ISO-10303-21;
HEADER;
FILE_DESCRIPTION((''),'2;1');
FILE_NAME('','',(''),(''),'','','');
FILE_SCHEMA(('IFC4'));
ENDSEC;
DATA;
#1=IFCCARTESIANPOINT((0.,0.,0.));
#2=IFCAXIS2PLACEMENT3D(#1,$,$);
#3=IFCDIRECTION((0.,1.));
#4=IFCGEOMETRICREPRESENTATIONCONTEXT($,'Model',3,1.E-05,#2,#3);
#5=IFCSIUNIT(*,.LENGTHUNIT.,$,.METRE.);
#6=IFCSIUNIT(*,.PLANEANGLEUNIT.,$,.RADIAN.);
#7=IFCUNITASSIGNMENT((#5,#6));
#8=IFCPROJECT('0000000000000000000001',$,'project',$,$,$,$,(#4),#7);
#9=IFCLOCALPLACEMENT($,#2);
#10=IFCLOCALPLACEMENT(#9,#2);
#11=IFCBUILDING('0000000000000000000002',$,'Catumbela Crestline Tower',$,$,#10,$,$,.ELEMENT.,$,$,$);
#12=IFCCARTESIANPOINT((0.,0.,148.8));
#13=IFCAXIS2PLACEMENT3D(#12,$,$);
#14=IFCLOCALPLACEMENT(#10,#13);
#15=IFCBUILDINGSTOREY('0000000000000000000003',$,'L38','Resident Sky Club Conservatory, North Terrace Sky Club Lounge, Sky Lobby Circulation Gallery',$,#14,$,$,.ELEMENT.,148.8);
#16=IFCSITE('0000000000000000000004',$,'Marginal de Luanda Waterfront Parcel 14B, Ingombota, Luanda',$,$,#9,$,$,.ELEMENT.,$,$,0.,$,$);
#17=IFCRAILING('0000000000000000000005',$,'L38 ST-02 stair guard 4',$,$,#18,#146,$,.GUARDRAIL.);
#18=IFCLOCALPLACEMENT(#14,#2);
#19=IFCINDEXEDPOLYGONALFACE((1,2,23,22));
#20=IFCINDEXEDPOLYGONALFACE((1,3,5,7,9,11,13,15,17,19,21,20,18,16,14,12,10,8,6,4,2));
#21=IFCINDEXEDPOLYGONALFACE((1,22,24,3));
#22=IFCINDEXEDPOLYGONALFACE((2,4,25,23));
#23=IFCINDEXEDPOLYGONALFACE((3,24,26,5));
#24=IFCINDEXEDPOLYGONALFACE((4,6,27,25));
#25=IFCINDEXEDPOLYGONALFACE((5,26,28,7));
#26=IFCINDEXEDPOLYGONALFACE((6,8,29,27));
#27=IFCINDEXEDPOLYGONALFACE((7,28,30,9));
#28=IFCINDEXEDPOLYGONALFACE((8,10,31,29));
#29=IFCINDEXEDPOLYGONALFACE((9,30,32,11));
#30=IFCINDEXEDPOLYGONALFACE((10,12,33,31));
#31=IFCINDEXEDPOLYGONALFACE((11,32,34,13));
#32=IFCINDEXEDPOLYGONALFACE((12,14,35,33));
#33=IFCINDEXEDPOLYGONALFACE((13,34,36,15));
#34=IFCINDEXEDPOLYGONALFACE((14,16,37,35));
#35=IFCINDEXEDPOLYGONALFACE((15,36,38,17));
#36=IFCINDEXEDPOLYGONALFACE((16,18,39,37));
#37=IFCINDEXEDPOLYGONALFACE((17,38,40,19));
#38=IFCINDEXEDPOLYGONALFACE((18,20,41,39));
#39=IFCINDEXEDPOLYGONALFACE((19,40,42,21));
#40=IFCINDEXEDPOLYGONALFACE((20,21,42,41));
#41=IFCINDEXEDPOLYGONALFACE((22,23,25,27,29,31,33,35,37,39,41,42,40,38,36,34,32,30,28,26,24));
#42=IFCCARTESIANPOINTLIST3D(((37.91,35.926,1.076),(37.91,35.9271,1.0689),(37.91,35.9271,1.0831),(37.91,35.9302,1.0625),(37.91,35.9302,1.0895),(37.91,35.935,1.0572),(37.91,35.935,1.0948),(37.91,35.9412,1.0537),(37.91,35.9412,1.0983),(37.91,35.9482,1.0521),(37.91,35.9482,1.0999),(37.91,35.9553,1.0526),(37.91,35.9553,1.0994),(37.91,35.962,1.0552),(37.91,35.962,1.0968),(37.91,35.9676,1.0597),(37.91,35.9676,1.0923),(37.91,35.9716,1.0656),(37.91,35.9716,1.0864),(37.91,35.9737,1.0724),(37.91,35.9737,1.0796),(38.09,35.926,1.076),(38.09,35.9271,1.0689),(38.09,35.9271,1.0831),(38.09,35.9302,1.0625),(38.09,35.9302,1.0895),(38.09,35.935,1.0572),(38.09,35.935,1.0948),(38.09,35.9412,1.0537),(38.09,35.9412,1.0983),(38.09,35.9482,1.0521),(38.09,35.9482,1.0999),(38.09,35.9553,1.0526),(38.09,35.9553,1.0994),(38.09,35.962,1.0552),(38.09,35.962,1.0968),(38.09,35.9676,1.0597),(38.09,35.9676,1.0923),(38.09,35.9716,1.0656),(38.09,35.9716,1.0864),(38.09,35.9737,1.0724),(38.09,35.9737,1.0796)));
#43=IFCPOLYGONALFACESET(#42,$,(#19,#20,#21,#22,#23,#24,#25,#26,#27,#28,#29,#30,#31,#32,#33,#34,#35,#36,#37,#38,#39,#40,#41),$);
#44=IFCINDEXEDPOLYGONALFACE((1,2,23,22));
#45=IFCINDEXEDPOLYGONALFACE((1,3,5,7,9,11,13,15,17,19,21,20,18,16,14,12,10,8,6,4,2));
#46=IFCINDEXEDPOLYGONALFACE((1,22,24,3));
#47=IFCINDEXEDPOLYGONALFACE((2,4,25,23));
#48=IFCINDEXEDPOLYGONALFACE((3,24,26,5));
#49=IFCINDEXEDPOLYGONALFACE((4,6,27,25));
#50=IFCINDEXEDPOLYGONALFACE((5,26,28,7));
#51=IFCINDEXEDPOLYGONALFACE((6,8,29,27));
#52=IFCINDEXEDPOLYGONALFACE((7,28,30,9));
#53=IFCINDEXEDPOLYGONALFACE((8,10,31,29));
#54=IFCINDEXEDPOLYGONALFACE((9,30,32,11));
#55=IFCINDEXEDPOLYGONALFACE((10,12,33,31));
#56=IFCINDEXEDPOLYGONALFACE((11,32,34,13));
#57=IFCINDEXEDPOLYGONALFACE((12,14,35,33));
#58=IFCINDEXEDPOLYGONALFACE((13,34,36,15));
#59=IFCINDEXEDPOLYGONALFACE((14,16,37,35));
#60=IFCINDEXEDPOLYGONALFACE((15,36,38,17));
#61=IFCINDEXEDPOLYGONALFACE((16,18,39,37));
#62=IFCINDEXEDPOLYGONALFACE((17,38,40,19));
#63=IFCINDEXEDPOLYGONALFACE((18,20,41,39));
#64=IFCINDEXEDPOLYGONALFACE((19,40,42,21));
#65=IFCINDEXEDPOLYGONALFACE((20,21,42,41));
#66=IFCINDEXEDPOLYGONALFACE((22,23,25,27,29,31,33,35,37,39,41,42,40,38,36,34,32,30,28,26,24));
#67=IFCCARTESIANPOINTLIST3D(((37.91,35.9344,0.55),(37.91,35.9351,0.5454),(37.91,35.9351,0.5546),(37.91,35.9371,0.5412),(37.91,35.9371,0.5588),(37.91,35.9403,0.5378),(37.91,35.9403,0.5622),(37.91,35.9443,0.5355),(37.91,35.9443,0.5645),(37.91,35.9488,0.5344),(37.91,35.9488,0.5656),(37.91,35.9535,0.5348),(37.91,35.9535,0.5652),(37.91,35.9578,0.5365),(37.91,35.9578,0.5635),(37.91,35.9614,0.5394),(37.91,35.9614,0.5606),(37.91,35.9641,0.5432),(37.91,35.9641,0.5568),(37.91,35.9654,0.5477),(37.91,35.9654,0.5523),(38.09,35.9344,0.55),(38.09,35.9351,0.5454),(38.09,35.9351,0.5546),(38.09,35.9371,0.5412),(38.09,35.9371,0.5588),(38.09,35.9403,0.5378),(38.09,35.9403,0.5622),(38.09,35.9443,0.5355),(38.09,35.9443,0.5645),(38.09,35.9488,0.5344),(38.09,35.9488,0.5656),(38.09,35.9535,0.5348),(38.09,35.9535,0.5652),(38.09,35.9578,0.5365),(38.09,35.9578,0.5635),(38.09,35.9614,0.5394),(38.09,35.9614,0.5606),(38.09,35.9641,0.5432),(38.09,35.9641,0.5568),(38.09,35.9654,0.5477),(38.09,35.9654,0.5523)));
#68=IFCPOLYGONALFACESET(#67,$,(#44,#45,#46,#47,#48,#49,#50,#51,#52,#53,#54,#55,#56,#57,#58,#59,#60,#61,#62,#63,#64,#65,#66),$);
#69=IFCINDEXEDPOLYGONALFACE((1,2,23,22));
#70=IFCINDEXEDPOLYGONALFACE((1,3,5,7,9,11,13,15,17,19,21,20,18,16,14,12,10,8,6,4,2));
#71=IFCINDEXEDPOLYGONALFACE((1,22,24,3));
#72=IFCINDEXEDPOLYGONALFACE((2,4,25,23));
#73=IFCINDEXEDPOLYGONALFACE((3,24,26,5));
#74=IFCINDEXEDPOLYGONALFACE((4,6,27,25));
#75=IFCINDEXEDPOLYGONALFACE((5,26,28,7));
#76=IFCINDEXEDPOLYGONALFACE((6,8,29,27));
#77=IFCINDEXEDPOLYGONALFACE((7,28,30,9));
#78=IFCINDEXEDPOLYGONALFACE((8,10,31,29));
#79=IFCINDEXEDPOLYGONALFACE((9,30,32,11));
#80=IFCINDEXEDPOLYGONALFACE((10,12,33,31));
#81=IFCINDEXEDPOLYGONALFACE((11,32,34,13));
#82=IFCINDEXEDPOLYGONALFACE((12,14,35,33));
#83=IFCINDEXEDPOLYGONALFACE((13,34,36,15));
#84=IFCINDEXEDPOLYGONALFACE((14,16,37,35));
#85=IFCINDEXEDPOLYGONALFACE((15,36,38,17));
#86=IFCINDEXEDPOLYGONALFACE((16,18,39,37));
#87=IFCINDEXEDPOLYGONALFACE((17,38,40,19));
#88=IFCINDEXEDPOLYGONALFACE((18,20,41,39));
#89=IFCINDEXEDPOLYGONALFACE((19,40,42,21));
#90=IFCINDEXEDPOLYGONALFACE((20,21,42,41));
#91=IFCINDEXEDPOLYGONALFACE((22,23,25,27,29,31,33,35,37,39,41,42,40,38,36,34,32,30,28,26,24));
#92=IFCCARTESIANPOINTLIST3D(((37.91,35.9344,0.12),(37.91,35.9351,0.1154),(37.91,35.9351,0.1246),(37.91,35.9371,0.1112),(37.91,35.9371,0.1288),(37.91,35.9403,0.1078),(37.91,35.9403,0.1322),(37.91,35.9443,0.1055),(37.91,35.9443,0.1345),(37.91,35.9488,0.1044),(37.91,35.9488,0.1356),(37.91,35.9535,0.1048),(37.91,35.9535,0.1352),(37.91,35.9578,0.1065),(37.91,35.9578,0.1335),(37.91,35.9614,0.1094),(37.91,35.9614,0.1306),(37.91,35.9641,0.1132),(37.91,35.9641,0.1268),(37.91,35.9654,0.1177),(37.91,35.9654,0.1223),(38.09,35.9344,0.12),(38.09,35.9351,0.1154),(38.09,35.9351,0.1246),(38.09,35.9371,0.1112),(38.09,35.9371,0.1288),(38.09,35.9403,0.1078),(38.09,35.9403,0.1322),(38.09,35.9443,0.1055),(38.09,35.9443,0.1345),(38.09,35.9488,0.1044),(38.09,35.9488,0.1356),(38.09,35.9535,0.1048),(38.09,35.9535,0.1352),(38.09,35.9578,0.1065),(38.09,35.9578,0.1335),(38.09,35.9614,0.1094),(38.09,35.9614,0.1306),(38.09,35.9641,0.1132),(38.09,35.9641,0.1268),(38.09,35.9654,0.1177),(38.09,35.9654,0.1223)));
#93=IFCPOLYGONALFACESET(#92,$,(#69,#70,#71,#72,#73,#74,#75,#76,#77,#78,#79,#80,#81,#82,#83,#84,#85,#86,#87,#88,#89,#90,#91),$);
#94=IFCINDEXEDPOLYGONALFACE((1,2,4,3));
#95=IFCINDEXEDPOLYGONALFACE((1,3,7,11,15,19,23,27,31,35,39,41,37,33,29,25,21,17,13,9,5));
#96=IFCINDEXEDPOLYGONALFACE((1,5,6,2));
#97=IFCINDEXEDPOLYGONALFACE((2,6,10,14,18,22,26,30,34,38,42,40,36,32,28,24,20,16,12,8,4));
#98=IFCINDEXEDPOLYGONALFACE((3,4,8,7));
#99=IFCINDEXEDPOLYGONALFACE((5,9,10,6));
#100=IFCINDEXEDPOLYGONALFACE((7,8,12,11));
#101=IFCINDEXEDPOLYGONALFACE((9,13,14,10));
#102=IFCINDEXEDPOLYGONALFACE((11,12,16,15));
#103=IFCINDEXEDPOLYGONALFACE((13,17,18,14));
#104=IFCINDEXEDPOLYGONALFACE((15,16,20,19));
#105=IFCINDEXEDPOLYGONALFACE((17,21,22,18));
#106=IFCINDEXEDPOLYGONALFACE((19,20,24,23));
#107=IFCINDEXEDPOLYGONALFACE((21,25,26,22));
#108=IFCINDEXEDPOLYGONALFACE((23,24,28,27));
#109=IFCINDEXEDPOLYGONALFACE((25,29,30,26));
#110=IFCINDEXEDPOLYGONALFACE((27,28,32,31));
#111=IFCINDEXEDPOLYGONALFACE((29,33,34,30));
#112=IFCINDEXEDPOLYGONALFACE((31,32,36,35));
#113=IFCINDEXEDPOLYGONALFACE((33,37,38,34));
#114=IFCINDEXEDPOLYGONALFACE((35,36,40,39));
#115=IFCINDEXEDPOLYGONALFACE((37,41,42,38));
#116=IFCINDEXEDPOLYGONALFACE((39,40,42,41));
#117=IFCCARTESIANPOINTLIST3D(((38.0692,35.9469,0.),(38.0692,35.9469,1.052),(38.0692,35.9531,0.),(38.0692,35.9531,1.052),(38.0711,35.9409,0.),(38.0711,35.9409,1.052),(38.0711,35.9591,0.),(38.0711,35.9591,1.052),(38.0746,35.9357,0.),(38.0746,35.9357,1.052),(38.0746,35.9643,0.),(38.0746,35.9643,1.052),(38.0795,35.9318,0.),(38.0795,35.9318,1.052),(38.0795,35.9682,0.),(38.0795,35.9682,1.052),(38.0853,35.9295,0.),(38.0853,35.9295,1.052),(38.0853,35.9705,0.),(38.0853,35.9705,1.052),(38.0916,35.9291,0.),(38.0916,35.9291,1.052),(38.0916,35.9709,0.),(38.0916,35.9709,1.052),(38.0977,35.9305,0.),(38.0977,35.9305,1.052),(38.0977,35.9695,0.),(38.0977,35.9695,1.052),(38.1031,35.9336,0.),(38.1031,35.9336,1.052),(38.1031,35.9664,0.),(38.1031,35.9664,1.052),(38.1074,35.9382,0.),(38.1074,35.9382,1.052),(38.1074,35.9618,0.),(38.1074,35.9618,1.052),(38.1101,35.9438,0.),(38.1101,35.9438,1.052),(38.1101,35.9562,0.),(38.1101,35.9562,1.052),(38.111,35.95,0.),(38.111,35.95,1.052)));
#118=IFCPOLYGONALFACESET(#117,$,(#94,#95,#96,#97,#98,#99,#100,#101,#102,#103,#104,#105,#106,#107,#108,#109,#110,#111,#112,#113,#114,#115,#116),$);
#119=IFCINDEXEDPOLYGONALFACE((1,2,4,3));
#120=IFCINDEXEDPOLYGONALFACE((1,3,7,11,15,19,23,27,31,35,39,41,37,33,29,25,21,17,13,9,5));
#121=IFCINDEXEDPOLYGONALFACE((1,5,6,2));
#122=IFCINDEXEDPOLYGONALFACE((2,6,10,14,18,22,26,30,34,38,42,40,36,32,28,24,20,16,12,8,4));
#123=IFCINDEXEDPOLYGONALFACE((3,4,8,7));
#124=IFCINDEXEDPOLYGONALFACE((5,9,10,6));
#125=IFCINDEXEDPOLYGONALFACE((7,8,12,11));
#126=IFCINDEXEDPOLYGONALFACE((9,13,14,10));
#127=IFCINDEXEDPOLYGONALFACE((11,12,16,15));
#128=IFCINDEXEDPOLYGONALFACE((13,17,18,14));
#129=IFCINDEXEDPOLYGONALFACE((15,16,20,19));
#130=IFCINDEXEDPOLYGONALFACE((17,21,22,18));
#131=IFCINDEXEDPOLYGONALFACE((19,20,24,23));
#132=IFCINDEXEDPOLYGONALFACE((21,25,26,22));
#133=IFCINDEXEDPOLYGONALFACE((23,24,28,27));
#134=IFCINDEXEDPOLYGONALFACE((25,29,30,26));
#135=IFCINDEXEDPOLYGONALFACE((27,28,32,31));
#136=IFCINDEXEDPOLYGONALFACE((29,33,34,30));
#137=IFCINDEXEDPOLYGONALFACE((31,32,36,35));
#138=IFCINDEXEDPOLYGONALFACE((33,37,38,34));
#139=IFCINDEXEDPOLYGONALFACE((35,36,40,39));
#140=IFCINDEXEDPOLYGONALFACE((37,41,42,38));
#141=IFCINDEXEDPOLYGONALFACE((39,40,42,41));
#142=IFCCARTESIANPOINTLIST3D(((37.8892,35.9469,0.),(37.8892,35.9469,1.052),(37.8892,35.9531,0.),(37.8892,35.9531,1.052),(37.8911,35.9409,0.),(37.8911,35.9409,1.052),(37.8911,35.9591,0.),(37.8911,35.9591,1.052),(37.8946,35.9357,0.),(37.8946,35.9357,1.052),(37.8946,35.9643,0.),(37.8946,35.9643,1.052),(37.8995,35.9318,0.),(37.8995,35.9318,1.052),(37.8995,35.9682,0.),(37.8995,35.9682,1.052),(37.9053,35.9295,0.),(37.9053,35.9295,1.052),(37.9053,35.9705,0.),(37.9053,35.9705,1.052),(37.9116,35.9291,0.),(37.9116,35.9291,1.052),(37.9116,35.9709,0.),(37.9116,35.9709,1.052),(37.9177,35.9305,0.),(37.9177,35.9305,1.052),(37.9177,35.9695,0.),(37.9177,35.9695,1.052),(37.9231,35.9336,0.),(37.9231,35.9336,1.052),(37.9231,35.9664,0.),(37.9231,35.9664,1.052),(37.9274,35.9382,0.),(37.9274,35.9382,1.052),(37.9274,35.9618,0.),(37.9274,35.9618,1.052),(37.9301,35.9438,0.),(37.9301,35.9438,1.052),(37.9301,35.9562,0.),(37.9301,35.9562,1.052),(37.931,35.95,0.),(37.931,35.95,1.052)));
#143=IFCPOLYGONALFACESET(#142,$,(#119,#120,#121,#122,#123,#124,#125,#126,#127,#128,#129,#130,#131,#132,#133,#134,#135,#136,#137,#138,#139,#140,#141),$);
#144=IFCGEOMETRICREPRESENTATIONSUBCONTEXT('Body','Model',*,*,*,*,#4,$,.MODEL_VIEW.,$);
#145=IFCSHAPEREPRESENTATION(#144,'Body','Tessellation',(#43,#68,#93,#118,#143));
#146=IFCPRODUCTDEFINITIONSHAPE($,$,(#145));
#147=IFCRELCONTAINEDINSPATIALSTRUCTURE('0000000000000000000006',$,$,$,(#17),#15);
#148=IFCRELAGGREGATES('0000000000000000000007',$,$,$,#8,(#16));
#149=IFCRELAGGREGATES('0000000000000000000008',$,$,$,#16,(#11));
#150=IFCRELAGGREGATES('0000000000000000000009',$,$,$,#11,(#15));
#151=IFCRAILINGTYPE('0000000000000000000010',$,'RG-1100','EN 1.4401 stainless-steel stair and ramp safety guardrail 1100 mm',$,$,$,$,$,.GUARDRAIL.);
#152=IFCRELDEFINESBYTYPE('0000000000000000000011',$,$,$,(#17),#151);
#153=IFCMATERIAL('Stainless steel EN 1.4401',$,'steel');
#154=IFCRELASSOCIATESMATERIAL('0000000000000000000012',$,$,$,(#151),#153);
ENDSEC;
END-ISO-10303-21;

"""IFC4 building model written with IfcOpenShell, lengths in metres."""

from ifc_helpers import new_model, si_unit, direction, frame, origin, origin_2d, place, context, subcontext, project, spatial, circle, extrude, material, type_object, element, save


model = new_model("IFC4")

# Units and contexts
model_context = context("Model", 3, precision=1e-05, world=origin(), true_north=direction((0.0, 1.0)))
body_context = subcontext(model_context, "Body", "Model", "MODEL_VIEW")
ifc_project = project(units=[si_unit("LENGTHUNIT", "METRE"), si_unit("PLANEANGLEUNIT", "RADIAN")], contexts=[model_context])

# Site, building, storey
site_placement = place(None, origin())
site = spatial("IfcSite", under=ifc_project, at=site_placement, Name="Marginal de Luanda Waterfront Parcel 14B, Ingombota, Luanda", CompositionType="ELEMENT", RefElevation=0.0)
building_placement = place(site_placement, origin())
building = spatial("IfcBuilding", under=site, at=building_placement, Name="Catumbela Crestline Tower", CompositionType="ELEMENT")
storey_placement = place(building_placement, frame((0.0, 0.0, 148.8)))
storey = spatial("IfcBuildingStorey", under=building, at=storey_placement, Name="L38", Description="Resident Sky Club Conservatory, North Terrace Sky Club Lounge, Sky Lobby Circulation Gallery", CompositionType="ELEMENT", Elevation=148.8)

# Shared definitions
ifc_material_1 = material(Name="Stainless steel EN 1.4401", Category="steel")

# Railing
railing_type_1 = type_object("IfcRailingType", Name="RG-1100", Description="EN 1.4401 stainless-steel stair and ramp safety guardrail 1100 mm", PredefinedType="GUARDRAIL", material=ifc_material_1)
railing_1_placement = place(storey_placement, frame((38.09, 35.95, 0.0)))
element("IfcRailing", 1, at=railing_1_placement, inside=storey, type_object=railing_type_1, Name="L38 ST-02 stair guard 4", PredefinedType="GUARDRAIL", context=body_context, shape_type="SweptSolid", body=[
    extrude(circle(Radius=0.024, at=origin_2d()), frame((0.0, 0.0, 1.076), z_axis=(-1.0, 0.0, 0.0), x_axis=(0.0, -1.0, 0.0)), (0.0, 0.0, 1.0), 0.18),
    extrude(circle(Radius=0.0156, at=origin_2d()), frame((0.0, 0.0, 0.55), z_axis=(-1.0, 0.0, 0.0), x_axis=(0.0, -1.0, 0.0)), (0.0, 0.0, 1.0), 0.18),
    extrude(circle(Radius=0.0156, at=origin_2d()), frame((0.0, 0.0, 0.12), z_axis=(-1.0, 0.0, 0.0), x_axis=(0.0, -1.0, 0.0)), (0.0, 0.0, 1.0), 0.18),
    extrude(circle(Radius=0.021, at=origin_2d()), origin(), (0.0, 0.0, 1.0), 1.052),
    extrude(circle(Radius=0.021, at=origin_2d()), frame((-0.18, 0.0, 0.0)), (0.0, 0.0, 1.0), 1.052),
])

save(model, "model.ifc")
